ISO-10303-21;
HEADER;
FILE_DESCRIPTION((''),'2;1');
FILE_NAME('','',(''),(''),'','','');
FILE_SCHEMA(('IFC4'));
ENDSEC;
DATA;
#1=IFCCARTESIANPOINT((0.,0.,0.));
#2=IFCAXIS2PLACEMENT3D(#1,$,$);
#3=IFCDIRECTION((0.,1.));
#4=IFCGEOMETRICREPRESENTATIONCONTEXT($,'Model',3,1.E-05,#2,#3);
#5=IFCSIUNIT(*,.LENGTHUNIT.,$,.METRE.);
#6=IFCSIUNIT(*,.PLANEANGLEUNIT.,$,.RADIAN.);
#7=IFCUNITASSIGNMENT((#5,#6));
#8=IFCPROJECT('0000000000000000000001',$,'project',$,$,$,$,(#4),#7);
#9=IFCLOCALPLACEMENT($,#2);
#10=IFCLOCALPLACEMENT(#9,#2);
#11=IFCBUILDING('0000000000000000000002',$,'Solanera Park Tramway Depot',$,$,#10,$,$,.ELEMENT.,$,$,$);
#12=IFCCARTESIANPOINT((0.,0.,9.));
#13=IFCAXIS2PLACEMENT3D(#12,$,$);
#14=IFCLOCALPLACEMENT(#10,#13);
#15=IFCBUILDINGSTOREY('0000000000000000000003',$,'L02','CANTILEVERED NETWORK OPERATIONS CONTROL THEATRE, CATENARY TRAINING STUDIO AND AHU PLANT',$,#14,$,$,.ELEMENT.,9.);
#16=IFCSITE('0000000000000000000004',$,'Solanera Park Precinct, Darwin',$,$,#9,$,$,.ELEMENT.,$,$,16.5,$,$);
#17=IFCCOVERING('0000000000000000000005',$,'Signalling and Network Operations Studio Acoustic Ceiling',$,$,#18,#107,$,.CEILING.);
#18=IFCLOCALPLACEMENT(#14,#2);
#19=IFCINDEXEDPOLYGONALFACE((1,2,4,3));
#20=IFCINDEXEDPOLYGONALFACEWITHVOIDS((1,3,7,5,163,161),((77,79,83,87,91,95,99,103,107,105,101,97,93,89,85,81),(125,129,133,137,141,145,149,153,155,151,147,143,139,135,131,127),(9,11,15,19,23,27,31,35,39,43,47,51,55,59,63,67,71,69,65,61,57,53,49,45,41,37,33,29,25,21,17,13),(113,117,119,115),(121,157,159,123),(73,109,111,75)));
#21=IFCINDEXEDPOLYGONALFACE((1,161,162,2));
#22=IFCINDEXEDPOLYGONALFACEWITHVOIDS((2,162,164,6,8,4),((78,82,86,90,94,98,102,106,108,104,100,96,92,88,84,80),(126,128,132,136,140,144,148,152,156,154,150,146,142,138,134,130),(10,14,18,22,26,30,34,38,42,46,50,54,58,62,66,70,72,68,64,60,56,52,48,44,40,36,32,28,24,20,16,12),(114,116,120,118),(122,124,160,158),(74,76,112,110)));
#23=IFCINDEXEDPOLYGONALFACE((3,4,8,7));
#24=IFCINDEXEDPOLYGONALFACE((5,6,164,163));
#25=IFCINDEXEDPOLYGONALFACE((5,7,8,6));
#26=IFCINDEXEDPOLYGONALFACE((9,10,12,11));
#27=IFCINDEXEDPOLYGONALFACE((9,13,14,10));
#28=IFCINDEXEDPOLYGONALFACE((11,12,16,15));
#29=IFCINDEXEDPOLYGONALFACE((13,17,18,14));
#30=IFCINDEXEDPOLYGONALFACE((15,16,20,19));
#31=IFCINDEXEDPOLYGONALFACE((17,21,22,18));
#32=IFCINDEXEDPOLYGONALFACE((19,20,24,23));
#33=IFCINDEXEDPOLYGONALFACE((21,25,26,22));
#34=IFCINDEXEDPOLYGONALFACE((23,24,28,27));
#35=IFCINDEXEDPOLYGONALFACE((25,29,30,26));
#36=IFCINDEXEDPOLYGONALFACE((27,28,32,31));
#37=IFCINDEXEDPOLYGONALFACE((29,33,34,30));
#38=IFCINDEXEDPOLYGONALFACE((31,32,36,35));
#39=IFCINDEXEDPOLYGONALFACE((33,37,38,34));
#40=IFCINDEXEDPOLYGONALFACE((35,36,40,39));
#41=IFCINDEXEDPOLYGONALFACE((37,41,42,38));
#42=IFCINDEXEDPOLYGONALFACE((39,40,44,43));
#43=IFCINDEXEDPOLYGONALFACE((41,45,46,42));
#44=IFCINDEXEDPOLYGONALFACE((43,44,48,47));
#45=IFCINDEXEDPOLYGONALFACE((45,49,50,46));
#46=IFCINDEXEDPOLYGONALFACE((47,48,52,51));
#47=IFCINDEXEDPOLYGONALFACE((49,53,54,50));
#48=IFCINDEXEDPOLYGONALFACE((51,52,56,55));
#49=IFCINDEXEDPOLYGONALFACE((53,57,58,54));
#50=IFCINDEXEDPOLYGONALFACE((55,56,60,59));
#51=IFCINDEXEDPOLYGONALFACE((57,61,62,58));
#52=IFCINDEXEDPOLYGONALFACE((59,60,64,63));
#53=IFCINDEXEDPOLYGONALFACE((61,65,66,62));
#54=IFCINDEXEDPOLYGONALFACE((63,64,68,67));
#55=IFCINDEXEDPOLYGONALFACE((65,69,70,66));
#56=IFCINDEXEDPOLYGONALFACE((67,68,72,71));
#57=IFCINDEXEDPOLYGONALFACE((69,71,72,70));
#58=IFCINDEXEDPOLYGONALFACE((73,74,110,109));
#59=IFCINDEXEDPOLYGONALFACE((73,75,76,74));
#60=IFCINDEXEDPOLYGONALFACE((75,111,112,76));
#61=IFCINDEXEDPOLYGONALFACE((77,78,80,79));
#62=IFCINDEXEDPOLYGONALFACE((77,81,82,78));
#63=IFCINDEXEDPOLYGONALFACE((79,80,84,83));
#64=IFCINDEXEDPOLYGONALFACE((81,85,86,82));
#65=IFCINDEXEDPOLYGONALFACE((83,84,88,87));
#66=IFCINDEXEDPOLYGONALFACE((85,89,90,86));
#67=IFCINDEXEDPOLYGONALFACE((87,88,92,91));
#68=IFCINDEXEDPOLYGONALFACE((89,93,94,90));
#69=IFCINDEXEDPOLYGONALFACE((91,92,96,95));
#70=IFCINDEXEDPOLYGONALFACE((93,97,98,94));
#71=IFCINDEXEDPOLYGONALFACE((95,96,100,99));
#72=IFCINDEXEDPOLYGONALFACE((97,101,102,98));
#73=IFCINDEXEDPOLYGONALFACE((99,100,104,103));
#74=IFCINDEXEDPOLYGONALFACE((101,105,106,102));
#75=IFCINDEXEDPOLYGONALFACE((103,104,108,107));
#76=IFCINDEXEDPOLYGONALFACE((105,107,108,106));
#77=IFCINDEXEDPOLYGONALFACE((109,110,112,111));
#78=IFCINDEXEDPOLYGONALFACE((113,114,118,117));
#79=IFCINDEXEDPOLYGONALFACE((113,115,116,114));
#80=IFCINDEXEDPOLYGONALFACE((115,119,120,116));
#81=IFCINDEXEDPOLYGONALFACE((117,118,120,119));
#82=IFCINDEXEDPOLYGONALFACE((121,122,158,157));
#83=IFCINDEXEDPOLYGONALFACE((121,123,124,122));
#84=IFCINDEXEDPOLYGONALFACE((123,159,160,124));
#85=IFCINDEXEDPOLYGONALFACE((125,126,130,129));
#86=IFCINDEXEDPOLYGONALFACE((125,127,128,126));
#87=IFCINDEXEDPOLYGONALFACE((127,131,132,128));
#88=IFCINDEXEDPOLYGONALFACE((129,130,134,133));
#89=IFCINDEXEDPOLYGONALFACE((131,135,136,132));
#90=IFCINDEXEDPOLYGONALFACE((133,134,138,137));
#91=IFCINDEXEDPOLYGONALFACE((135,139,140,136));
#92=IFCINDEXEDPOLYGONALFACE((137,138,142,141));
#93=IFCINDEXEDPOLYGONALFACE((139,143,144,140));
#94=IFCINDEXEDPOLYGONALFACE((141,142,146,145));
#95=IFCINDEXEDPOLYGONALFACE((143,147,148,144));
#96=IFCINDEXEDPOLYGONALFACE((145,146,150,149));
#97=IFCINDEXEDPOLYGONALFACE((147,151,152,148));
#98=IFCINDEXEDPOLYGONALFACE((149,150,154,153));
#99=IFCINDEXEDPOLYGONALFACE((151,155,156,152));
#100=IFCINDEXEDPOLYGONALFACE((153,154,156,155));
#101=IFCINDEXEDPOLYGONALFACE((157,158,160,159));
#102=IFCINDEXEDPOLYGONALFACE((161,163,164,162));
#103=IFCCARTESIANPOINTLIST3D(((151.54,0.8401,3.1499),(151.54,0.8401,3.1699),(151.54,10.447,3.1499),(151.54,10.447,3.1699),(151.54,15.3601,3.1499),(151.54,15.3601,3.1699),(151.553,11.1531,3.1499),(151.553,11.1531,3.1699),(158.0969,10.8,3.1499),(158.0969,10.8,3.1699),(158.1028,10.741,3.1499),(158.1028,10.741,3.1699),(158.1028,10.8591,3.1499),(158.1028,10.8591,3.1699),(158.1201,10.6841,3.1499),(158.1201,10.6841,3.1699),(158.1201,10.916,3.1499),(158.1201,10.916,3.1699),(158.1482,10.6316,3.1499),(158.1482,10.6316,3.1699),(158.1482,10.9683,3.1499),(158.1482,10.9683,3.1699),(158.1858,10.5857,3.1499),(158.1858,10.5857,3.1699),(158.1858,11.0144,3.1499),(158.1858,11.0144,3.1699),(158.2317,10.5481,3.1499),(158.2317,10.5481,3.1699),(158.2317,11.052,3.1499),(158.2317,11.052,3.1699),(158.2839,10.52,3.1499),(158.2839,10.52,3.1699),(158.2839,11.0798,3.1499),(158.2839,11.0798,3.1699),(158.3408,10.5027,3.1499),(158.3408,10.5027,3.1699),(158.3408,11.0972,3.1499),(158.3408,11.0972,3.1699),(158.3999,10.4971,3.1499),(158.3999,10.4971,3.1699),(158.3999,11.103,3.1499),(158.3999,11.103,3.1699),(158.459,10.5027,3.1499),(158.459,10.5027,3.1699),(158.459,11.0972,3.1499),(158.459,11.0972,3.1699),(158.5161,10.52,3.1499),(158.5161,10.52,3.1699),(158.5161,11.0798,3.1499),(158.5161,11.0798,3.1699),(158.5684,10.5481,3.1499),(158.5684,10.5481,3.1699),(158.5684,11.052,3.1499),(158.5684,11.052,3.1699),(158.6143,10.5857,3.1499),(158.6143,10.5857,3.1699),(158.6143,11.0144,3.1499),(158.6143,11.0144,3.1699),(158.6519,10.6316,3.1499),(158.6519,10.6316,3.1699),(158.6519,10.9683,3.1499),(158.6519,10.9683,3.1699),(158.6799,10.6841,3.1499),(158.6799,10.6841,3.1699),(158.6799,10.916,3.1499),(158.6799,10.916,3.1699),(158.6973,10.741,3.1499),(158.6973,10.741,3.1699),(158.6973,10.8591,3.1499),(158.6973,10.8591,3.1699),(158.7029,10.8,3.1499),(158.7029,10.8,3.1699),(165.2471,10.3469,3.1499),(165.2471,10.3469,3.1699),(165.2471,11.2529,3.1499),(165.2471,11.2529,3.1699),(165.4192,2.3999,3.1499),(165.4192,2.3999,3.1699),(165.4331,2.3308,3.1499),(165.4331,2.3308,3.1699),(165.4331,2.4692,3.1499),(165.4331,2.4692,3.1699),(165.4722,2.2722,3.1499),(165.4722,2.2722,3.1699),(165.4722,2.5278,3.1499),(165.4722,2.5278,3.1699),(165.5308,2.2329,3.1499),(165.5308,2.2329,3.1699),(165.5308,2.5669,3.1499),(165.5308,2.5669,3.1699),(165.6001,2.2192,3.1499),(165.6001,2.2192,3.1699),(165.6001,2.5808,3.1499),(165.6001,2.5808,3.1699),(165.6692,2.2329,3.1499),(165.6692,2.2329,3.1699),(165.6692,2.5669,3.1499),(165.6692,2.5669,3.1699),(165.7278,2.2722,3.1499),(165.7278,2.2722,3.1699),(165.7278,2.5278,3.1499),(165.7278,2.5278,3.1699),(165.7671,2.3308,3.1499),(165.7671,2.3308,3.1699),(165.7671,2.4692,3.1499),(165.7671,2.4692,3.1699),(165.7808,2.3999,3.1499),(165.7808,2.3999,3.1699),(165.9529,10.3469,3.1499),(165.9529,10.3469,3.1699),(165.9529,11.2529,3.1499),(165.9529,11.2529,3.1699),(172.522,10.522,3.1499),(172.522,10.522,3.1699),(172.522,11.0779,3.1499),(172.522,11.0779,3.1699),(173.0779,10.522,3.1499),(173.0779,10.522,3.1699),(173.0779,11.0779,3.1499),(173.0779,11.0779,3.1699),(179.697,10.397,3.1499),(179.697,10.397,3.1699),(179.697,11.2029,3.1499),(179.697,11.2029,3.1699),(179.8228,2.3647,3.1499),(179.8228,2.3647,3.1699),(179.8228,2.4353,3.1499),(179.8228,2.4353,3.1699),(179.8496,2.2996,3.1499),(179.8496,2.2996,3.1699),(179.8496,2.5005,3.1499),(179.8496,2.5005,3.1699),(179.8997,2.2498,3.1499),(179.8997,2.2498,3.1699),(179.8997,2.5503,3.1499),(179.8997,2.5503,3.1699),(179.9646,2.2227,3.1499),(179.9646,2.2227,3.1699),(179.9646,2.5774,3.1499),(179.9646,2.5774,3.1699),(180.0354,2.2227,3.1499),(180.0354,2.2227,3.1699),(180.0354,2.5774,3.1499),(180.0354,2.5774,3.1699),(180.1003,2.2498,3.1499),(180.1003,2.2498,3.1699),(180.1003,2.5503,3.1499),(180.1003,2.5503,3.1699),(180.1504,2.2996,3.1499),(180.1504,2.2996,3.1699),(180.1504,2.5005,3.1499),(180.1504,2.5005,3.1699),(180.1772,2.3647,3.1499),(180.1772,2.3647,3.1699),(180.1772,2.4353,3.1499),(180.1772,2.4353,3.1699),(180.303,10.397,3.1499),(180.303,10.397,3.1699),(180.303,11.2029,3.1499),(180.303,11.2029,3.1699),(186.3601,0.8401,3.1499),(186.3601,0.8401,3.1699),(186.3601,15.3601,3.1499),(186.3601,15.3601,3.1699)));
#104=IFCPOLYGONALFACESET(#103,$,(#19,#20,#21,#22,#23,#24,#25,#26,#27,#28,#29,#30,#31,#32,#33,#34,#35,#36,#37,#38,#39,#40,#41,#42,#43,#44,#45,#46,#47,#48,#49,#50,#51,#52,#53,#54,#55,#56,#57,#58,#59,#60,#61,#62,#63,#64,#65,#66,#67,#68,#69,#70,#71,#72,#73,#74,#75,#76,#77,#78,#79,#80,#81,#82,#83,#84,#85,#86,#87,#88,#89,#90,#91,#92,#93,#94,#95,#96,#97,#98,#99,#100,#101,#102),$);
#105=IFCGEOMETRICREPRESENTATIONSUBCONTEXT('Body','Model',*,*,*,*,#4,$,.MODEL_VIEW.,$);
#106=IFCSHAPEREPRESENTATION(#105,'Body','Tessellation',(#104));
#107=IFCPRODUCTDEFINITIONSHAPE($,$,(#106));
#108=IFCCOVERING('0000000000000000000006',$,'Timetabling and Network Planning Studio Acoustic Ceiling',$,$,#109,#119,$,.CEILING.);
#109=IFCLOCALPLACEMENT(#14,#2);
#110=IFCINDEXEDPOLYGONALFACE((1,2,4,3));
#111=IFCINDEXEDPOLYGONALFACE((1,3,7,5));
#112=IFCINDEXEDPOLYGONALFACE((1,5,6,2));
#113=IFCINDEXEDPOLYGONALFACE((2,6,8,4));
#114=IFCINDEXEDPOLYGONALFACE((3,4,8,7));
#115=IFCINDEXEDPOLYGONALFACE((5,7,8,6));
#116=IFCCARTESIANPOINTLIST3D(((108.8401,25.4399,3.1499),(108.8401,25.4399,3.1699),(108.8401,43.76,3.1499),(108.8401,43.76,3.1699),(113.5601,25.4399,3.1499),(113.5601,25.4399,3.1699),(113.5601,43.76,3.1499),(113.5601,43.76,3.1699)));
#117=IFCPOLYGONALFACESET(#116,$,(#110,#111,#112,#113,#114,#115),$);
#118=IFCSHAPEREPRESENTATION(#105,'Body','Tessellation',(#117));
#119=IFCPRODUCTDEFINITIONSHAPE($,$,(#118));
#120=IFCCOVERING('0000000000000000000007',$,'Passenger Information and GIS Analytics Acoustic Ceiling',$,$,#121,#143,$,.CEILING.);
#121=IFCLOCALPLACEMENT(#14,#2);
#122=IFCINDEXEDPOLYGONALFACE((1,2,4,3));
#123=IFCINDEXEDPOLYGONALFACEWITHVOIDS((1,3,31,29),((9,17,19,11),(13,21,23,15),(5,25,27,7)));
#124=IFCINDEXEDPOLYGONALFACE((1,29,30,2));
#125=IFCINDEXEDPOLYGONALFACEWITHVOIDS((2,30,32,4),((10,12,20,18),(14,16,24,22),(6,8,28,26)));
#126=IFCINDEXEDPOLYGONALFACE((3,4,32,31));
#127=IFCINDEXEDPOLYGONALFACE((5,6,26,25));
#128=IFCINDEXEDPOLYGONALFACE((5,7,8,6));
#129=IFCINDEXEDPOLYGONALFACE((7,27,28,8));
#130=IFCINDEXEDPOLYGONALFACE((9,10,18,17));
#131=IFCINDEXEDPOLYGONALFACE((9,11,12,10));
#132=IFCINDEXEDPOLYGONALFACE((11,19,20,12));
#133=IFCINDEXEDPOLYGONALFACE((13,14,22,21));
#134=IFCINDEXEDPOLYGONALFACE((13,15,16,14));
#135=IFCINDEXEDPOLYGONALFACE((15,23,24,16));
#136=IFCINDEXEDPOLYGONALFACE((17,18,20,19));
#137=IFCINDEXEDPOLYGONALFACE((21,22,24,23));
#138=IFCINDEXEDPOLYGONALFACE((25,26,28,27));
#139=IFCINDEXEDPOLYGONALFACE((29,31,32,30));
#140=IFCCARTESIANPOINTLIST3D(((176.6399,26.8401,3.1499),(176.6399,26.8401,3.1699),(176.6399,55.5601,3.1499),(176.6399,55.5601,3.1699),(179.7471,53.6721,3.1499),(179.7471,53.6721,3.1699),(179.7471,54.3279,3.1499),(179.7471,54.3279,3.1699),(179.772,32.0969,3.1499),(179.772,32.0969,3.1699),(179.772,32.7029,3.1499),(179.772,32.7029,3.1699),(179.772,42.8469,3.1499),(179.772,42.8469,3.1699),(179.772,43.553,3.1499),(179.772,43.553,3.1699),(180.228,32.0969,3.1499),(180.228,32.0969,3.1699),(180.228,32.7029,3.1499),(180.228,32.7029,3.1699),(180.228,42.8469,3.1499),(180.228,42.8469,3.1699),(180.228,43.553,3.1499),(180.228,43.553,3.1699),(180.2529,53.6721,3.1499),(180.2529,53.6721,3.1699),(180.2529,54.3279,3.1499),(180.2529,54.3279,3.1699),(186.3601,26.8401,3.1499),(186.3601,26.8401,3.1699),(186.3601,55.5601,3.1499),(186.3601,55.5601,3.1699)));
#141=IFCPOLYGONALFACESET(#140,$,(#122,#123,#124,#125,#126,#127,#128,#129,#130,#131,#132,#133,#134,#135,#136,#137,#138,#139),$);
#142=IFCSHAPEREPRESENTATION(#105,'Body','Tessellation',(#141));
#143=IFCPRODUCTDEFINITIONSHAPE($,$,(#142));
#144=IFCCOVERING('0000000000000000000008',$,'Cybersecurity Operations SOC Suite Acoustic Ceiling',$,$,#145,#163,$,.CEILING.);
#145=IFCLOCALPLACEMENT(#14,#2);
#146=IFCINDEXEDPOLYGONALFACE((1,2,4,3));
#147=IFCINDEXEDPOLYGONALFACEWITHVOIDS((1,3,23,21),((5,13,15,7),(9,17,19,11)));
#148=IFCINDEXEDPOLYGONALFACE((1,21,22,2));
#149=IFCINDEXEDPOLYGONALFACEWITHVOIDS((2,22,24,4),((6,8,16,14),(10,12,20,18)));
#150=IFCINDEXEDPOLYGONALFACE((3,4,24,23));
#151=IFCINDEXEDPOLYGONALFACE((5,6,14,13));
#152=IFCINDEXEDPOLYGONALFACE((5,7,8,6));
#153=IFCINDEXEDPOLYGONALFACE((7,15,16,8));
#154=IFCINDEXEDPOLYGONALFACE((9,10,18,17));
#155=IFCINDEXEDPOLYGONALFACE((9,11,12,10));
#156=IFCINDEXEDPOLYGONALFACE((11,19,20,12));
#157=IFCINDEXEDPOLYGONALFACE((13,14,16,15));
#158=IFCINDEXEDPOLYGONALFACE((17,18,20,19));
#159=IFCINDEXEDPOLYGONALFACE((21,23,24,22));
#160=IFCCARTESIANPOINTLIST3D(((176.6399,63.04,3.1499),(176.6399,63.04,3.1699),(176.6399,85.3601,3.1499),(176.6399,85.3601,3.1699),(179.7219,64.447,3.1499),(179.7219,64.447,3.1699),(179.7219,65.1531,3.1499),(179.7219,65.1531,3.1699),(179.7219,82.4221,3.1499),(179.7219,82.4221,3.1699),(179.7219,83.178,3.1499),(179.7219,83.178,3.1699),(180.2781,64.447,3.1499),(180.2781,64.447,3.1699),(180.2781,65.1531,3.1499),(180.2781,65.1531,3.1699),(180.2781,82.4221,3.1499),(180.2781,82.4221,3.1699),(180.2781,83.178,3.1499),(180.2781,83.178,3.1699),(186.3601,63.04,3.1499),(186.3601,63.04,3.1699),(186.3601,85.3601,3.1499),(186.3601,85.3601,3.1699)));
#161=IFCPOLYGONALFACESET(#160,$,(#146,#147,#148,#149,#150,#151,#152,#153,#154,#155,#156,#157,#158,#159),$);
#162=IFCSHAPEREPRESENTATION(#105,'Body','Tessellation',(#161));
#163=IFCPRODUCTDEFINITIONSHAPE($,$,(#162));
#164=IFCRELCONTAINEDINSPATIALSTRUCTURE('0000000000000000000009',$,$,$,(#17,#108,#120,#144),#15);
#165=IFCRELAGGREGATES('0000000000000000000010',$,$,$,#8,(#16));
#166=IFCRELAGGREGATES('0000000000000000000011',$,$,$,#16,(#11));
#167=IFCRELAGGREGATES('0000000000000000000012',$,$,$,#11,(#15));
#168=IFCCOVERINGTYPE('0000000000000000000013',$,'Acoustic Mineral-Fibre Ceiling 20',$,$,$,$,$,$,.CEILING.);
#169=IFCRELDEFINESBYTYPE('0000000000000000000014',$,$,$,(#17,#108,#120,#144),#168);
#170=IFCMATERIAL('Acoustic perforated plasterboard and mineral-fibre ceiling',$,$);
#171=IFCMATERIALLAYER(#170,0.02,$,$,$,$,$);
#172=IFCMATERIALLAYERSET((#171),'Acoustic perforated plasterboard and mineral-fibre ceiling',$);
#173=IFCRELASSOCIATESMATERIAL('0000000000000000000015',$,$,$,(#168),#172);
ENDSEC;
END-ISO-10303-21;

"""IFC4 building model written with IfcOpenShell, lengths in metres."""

from ifc_helpers import new_model, si_unit, direction, frame, origin, place, context, subcontext, project, spatial, polyline, outline, extrude, material, layer, layer_set, type_object, element, save


model = new_model("IFC4")

# Units and contexts
model_context = context("Model", 3, precision=1e-05, world=origin(), true_north=direction((0.0, 1.0)))
body_context = subcontext(model_context, "Body", "Model", "MODEL_VIEW")
ifc_project = project(units=[si_unit("LENGTHUNIT", "METRE"), si_unit("PLANEANGLEUNIT", "RADIAN")], contexts=[model_context])

# Site, building, storey
site_placement = place(None, origin())
site = spatial("IfcSite", under=ifc_project, at=site_placement, Name="Solanera Park Precinct, Darwin", CompositionType="ELEMENT", RefElevation=16.5)
building_placement = place(site_placement, origin())
building = spatial("IfcBuilding", under=site, at=building_placement, Name="Solanera Park Tramway Depot", CompositionType="ELEMENT")
storey_placement = place(building_placement, frame((0.0, 0.0, 9.0)))
storey = spatial("IfcBuildingStorey", under=building, at=storey_placement, Name="L02", Description="CANTILEVERED NETWORK OPERATIONS CONTROL THEATRE, CATENARY TRAINING STUDIO AND AHU PLANT", CompositionType="ELEMENT", Elevation=9.0)

# Coverings
ifc_material_1 = material(Name="Acoustic perforated plasterboard and mineral-fibre ceiling")
ifc_layer_1 = layer(ifc_material_1, 0.02)
ifc_layer_set_1 = layer_set([ifc_layer_1], Name="Acoustic perforated plasterboard and mineral-fibre ceiling")
covering_type = type_object("IfcCoveringType", Name="Acoustic Mineral-Fibre Ceiling 20", PredefinedType="CEILING", material=ifc_layer_set_1)
covering_1_placement = place(storey_placement, frame((0.0, 0.0, 3.1499)))
element("IfcCovering", 1, at=covering_1_placement, inside=storey, type_object=covering_type, Name="Signalling and Network Operations Studio Acoustic Ceiling", PredefinedType="CEILING", context=body_context, shape_type="SweptSolid", body=[
    extrude(outline(polyline([(186.3601, 15.3601), (186.3601, 0.8401), (151.54, 0.8401), (151.54, 10.447), (151.553, 11.1531), (151.54, 15.3601), (186.3601, 15.3601)]), holes=[polyline([(158.5161, 11.0798), (158.459, 11.0972), (158.3999, 11.103), (158.3408, 11.0972), (158.2839, 11.0798), (158.2317, 11.052), (158.1858, 11.0144), (158.1482, 10.9683), (158.1201, 10.916), (158.1028, 10.8591), (158.0969, 10.8), (158.1028, 10.741), (158.1201, 10.6841), (158.1482, 10.6316), (158.1858, 10.5857), (158.2317, 10.5481), (158.2839, 10.52), (158.3408, 10.5027), (158.3999, 10.4971), (158.459, 10.5027), (158.5161, 10.52), (158.5684, 10.5481), (158.6143, 10.5857), (158.6519, 10.6316), (158.6799, 10.6841), (158.6973, 10.741), (158.7029, 10.8), (158.6973, 10.8591), (158.6799, 10.916), (158.6519, 10.9683), (158.6143, 11.0144), (158.5684, 11.052), (158.5161, 11.0798)]), polyline([(165.9529, 10.3469), (165.9529, 11.2529), (165.2471, 11.2529), (165.2471, 10.3469), (165.9529, 10.3469)]), polyline([(172.522, 10.522), (173.0779, 10.522), (173.0779, 11.0779), (172.522, 11.0779), (172.522, 10.522)]), polyline([(179.697, 11.2029), (179.697, 10.397), (180.303, 10.397), (180.303, 11.2029), (179.697, 11.2029)]), polyline([(165.7671, 2.4692), (165.7278, 2.5278), (165.6692, 2.5669), (165.6001, 2.5808), (165.5308, 2.5669), (165.4722, 2.5278), (165.4331, 2.4692), (165.4192, 2.3999), (165.4331, 2.3308), (165.4722, 2.2722), (165.5308, 2.2329), (165.6001, 2.2192), (165.6692, 2.2329), (165.7278, 2.2722), (165.7671, 2.3308), (165.7808, 2.3999), (165.7671, 2.4692)]), polyline([(180.1772, 2.4353), (180.1504, 2.5005), (180.1003, 2.5503), (180.0354, 2.5774), (179.9646, 2.5774), (179.8997, 2.5503), (179.8496, 2.5005), (179.8228, 2.4353), (179.8228, 2.3647), (179.8496, 2.2996), (179.8997, 2.2498), (179.9646, 2.2227), (180.0354, 2.2227), (180.1003, 2.2498), (180.1504, 2.2996), (180.1772, 2.3647), (180.1772, 2.4353)])]), origin(), (0.0, 0.0, 1.0), 0.02),
])
covering_2_placement = place(storey_placement, frame((0.0, 0.0, 3.1499)))
element("IfcCovering", 2, at=covering_2_placement, inside=storey, type_object=covering_type, Name="Timetabling and Network Planning Studio Acoustic Ceiling", PredefinedType="CEILING", context=body_context, shape_type="SweptSolid", body=[
    extrude(outline(polyline([(113.5601, 25.4399), (108.8401, 25.4399), (108.8401, 43.76), (113.5601, 43.76), (113.5601, 25.4399)])), origin(), (0.0, 0.0, 1.0), 0.02),
])
covering_3_placement = place(storey_placement, frame((0.0, 0.0, 3.1499)))
element("IfcCovering", 3, at=covering_3_placement, inside=storey, type_object=covering_type, Name="Passenger Information and GIS Analytics Acoustic Ceiling", PredefinedType="CEILING", context=body_context, shape_type="SweptSolid", body=[
    extrude(outline(polyline([(186.3601, 55.5601), (186.3601, 26.8401), (176.6399, 26.8401), (176.6399, 55.5601), (186.3601, 55.5601)]), holes=[polyline([(179.772, 32.7029), (179.772, 32.0969), (180.228, 32.0969), (180.228, 32.7029), (179.772, 32.7029)]), polyline([(180.228, 43.553), (179.772, 43.553), (179.772, 42.8469), (180.228, 42.8469), (180.228, 43.553)]), polyline([(180.2529, 53.6721), (180.2529, 54.3279), (179.7471, 54.3279), (179.7471, 53.6721), (180.2529, 53.6721)])]), origin(), (0.0, 0.0, 1.0), 0.02),
])
covering_4_placement = place(storey_placement, frame((0.0, 0.0, 3.1499)))
element("IfcCovering", 4, at=covering_4_placement, inside=storey, type_object=covering_type, Name="Cybersecurity Operations SOC Suite Acoustic Ceiling", PredefinedType="CEILING", context=body_context, shape_type="SweptSolid", body=[
    extrude(outline(polyline([(176.6399, 85.3601), (186.3601, 85.3601), (186.3601, 63.04), (176.6399, 63.04), (176.6399, 85.3601)]), holes=[polyline([(180.2781, 65.1531), (179.7219, 65.1531), (179.7219, 64.447), (180.2781, 64.447), (180.2781, 65.1531)]), polyline([(180.2781, 82.4221), (180.2781, 83.178), (179.7219, 83.178), (179.7219, 82.4221), (180.2781, 82.4221)])]), origin(), (0.0, 0.0, 1.0), 0.02),
])

save(model, "model.ifc")
